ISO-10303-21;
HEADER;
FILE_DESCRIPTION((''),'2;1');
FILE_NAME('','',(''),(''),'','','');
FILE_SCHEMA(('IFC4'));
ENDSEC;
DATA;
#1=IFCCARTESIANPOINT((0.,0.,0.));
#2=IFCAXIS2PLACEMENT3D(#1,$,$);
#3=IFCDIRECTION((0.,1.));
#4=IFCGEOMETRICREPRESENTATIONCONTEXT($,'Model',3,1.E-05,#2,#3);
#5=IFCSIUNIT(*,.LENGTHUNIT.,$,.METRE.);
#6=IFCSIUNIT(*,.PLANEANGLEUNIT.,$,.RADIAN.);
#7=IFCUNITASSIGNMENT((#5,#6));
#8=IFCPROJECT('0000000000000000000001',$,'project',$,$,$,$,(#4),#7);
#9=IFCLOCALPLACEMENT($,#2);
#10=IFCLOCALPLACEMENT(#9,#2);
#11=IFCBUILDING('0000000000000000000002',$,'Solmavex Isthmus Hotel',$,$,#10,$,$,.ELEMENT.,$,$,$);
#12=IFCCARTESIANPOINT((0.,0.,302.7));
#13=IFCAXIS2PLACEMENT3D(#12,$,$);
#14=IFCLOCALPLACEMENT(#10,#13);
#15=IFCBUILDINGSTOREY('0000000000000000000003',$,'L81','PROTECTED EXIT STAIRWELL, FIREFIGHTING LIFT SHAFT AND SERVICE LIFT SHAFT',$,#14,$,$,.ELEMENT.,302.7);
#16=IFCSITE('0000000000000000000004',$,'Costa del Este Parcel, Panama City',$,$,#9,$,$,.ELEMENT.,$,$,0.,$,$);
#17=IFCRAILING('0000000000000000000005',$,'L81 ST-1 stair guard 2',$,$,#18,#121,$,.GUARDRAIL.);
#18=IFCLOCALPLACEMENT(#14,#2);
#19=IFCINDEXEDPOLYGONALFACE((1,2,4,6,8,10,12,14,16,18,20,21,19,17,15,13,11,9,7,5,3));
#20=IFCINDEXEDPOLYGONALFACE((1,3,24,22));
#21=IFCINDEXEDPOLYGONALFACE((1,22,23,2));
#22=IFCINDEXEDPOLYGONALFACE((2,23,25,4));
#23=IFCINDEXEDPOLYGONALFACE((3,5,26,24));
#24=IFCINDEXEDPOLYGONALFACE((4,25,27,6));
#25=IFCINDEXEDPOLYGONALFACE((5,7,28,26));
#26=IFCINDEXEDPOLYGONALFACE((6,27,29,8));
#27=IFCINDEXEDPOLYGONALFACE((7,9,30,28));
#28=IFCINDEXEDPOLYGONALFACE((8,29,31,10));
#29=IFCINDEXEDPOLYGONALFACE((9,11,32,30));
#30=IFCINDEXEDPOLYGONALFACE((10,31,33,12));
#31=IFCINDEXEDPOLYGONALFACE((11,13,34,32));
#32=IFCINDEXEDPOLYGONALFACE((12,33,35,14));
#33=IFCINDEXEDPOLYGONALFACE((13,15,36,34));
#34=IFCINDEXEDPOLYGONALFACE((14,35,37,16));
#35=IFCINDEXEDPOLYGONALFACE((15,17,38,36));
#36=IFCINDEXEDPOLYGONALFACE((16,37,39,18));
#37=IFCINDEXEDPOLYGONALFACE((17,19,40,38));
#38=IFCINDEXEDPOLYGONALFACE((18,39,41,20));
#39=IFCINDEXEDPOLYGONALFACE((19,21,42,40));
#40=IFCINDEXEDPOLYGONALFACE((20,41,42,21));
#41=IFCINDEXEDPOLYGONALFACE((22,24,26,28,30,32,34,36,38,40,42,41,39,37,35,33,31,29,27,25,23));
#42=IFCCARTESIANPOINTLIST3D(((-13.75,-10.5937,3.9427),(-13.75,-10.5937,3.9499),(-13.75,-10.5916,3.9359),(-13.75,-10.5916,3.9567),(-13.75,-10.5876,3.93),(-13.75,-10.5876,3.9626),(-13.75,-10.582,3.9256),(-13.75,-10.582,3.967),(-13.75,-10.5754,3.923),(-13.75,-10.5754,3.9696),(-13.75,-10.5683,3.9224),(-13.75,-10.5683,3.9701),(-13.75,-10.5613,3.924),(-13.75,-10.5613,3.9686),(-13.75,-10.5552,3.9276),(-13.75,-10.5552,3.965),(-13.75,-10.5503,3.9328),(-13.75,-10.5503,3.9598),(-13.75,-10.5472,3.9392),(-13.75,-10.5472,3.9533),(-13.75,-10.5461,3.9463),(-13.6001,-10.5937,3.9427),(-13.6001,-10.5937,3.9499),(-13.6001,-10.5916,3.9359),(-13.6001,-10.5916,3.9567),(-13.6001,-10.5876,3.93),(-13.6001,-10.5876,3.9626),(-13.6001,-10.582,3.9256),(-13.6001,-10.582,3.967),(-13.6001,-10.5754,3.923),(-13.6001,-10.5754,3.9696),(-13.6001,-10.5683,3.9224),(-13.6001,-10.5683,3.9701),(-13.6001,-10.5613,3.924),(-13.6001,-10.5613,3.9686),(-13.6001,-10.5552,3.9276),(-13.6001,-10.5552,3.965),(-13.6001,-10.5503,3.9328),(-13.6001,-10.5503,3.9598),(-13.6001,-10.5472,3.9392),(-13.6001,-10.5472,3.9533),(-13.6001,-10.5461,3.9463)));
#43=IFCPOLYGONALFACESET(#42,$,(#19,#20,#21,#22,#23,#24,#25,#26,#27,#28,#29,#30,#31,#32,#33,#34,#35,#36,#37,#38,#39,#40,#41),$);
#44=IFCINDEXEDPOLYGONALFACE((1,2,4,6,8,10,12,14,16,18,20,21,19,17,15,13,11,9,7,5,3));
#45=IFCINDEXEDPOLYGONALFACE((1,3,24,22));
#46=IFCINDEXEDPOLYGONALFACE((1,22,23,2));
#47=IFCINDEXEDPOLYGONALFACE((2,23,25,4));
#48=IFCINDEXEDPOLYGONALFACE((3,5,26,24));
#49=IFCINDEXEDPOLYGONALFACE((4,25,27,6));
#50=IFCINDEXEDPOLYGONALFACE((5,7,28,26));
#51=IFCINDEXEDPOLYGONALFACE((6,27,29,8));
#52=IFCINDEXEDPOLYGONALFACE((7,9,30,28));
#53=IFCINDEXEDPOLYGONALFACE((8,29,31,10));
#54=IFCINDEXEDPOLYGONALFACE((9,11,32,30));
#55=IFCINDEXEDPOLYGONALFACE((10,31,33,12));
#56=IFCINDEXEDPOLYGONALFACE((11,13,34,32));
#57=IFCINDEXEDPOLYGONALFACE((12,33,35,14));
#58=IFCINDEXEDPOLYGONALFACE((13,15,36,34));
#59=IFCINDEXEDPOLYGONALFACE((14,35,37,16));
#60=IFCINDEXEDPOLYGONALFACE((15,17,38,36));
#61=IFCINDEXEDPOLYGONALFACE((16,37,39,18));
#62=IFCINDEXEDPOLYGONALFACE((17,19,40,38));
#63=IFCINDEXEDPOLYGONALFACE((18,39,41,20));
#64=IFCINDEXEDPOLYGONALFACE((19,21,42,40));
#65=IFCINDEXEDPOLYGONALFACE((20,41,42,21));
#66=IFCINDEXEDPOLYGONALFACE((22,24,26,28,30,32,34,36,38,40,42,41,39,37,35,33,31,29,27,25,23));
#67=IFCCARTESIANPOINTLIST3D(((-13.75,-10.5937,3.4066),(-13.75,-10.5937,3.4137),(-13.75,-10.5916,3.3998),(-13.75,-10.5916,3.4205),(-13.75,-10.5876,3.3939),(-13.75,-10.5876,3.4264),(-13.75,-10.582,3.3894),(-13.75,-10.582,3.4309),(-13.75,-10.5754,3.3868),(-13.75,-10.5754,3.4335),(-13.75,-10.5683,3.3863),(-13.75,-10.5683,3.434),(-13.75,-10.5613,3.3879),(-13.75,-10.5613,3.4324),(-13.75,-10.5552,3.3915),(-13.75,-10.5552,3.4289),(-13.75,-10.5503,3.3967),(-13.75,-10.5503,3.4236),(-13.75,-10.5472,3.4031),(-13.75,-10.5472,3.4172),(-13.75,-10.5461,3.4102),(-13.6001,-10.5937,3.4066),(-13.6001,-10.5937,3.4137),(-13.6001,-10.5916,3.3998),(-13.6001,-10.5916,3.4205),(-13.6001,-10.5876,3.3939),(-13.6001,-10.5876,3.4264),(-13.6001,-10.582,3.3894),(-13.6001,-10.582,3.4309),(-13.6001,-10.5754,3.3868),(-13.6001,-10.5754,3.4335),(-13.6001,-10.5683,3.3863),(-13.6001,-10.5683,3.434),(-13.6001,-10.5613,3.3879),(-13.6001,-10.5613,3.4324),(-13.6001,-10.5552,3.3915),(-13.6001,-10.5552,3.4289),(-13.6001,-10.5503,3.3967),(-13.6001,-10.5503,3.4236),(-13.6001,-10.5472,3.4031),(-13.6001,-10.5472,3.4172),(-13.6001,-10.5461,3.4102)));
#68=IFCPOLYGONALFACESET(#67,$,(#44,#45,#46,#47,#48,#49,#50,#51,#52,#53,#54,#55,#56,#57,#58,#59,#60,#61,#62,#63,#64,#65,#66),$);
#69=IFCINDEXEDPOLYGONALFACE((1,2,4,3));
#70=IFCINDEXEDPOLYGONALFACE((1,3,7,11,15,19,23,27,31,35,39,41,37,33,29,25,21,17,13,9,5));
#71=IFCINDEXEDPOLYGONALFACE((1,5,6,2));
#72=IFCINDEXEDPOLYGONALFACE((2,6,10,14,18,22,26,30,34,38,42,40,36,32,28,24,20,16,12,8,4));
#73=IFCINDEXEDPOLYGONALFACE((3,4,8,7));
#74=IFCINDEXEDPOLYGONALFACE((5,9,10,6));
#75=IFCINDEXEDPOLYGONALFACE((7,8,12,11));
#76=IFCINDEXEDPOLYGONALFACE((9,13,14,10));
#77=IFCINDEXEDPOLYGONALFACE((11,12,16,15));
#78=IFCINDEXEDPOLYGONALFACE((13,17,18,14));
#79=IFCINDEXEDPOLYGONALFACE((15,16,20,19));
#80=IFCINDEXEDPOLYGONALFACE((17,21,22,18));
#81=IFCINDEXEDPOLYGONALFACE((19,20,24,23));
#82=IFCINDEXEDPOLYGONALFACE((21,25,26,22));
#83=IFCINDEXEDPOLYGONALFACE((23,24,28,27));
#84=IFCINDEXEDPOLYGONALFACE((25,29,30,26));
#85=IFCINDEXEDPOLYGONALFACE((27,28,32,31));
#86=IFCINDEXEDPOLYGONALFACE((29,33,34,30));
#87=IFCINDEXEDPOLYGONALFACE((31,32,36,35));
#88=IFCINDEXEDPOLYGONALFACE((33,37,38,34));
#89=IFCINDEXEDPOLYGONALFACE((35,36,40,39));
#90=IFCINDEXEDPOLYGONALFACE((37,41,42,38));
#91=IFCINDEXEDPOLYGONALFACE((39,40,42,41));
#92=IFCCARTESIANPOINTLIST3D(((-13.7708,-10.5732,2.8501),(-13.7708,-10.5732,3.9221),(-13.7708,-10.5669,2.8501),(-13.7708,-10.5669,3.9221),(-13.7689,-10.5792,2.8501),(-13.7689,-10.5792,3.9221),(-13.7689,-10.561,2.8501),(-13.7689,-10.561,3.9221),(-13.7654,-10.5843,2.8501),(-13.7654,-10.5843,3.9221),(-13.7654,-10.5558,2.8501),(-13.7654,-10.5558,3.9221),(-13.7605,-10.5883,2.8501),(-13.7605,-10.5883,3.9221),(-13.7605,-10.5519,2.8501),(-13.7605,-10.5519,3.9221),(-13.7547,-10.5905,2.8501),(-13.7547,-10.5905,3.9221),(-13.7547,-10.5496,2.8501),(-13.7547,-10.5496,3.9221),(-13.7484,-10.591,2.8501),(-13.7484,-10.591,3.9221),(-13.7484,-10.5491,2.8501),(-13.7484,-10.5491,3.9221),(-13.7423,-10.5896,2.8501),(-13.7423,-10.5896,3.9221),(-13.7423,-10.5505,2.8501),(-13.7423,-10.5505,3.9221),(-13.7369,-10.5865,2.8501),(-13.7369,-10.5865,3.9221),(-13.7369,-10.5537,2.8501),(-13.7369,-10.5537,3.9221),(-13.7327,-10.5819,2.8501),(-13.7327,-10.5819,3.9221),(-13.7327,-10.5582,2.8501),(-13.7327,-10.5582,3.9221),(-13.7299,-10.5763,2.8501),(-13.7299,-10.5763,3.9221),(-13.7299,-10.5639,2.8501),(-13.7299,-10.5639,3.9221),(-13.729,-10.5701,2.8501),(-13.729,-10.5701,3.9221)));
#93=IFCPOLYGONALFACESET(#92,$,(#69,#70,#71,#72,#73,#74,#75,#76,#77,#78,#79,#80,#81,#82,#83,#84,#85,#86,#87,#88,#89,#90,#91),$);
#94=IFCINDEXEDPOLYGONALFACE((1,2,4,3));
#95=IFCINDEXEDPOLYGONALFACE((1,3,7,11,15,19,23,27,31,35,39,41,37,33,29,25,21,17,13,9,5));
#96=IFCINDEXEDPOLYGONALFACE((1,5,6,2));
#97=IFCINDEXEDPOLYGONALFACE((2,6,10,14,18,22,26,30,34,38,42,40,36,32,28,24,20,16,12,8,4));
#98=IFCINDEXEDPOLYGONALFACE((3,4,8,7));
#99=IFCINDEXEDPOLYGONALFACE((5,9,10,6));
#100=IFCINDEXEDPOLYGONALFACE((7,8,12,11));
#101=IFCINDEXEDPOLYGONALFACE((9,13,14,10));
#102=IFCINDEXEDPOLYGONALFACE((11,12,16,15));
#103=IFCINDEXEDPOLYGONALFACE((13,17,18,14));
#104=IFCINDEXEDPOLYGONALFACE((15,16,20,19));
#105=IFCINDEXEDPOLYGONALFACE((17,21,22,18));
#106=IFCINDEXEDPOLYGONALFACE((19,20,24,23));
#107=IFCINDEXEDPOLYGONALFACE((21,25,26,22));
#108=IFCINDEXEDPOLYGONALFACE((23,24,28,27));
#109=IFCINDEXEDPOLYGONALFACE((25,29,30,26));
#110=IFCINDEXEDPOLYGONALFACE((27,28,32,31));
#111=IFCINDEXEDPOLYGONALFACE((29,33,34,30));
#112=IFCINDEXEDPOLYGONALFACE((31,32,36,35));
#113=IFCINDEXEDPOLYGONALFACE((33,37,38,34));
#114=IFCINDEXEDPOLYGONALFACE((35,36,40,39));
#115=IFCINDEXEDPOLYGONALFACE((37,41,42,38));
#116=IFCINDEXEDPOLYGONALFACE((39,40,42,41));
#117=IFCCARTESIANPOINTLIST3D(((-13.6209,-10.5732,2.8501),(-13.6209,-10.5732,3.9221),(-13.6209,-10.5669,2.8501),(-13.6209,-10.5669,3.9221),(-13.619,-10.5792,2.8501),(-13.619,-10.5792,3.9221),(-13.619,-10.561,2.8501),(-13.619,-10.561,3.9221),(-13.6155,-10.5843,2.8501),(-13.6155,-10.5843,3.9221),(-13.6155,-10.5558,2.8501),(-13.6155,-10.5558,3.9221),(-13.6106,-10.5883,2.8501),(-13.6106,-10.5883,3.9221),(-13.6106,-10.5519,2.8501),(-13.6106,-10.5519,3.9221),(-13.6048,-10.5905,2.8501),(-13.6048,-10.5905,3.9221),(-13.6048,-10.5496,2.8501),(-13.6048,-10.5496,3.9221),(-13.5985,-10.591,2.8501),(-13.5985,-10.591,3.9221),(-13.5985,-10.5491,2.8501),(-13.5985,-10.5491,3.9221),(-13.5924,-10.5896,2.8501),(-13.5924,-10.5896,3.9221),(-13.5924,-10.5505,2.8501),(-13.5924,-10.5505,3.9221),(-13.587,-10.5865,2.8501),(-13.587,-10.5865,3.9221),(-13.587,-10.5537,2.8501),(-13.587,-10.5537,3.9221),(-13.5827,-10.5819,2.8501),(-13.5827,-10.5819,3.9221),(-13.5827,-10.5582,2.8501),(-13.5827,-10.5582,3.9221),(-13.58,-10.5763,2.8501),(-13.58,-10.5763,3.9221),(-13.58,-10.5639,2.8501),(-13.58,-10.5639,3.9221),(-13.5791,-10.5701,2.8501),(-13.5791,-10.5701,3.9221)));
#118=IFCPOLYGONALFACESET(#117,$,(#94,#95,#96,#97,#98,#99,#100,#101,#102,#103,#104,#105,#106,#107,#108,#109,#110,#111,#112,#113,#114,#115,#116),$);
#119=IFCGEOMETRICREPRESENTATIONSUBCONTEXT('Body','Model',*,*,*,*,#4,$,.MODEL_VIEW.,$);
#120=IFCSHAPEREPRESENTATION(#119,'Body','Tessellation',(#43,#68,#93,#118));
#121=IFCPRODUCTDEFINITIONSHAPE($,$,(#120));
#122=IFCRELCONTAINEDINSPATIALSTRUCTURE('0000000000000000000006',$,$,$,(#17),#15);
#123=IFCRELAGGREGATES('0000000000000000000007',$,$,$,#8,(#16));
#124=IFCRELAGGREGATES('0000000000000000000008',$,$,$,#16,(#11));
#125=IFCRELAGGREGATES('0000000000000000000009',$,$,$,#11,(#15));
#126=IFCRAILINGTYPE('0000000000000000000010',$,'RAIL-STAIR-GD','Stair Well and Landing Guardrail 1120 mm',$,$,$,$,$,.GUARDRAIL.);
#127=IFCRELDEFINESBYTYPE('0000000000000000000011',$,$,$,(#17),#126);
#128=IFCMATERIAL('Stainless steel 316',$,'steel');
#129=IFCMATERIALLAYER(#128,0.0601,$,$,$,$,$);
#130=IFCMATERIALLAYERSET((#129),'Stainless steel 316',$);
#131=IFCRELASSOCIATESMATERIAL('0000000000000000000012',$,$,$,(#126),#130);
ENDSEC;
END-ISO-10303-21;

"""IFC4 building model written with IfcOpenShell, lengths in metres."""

from ifc_helpers import new_model, si_unit, direction, frame, origin, origin_2d, place, context, subcontext, project, spatial, circle, extrude, material, layer, layer_set, type_object, element, save


model = new_model("IFC4")

# Units and contexts
model_context = context("Model", 3, precision=1e-05, world=origin(), true_north=direction((0.0, 1.0)))
body_context = subcontext(model_context, "Body", "Model", "MODEL_VIEW")
ifc_project = project(units=[si_unit("LENGTHUNIT", "METRE"), si_unit("PLANEANGLEUNIT", "RADIAN")], contexts=[model_context])

# Site, building, storey
site_placement = place(None, origin())
site = spatial("IfcSite", under=ifc_project, at=site_placement, Name="Costa del Este Parcel, Panama City", CompositionType="ELEMENT", RefElevation=0.0)
building_placement = place(site_placement, origin())
building = spatial("IfcBuilding", under=site, at=building_placement, Name="Solmavex Isthmus Hotel", CompositionType="ELEMENT")
storey_placement = place(building_placement, frame((0.0, 0.0, 302.7)))
storey = spatial("IfcBuildingStorey", under=building, at=storey_placement, Name="L81", Description="PROTECTED EXIT STAIRWELL, FIREFIGHTING LIFT SHAFT AND SERVICE LIFT SHAFT", CompositionType="ELEMENT", Elevation=302.7)

# Shared definitions
ifc_material_1 = material(Name="Stainless steel 316", Category="steel")

# Railing
ifc_layer_1 = layer(ifc_material_1, 0.0601)
ifc_layer_set_1 = layer_set([ifc_layer_1], Name="Stainless steel 316")
railing_type_1 = type_object("IfcRailingType", Name="RAIL-STAIR-GD", Description="Stair Well and Landing Guardrail 1120 mm", PredefinedType="GUARDRAIL", material=ifc_layer_set_1)
railing_1_placement = place(storey_placement, frame((-13.75, -10.5701, 2.8501)))
element("IfcRailing", 1, at=railing_1_placement, inside=storey, type_object=railing_type_1, Name="L81 ST-1 stair guard 2", PredefinedType="GUARDRAIL", context=body_context, shape_type="SweptSolid", body=[
    extrude(circle(Radius=0.0239, at=origin_2d()), frame((0.0, 0.0, 1.0962), z_axis=(1.0, 0.0, 0.0), x_axis=(0.0, 1.0, 0.0)), (0.0, 0.0, 1.0), 0.1499),
    extrude(circle(Radius=0.0239, at=origin_2d()), frame((0.0, 0.0, 0.5601), z_axis=(1.0, 0.0, 0.0), x_axis=(0.0, 1.0, 0.0)), (0.0, 0.0, 1.0), 0.1499),
    extrude(circle(Radius=0.021, at=origin_2d()), origin(), (0.0, 0.0, 1.0), 1.072),
    extrude(circle(Radius=0.021, at=origin_2d()), frame((0.1499, 0.0, 0.0)), (0.0, 0.0, 1.0), 1.072),
])

save(model, "model.ifc")
